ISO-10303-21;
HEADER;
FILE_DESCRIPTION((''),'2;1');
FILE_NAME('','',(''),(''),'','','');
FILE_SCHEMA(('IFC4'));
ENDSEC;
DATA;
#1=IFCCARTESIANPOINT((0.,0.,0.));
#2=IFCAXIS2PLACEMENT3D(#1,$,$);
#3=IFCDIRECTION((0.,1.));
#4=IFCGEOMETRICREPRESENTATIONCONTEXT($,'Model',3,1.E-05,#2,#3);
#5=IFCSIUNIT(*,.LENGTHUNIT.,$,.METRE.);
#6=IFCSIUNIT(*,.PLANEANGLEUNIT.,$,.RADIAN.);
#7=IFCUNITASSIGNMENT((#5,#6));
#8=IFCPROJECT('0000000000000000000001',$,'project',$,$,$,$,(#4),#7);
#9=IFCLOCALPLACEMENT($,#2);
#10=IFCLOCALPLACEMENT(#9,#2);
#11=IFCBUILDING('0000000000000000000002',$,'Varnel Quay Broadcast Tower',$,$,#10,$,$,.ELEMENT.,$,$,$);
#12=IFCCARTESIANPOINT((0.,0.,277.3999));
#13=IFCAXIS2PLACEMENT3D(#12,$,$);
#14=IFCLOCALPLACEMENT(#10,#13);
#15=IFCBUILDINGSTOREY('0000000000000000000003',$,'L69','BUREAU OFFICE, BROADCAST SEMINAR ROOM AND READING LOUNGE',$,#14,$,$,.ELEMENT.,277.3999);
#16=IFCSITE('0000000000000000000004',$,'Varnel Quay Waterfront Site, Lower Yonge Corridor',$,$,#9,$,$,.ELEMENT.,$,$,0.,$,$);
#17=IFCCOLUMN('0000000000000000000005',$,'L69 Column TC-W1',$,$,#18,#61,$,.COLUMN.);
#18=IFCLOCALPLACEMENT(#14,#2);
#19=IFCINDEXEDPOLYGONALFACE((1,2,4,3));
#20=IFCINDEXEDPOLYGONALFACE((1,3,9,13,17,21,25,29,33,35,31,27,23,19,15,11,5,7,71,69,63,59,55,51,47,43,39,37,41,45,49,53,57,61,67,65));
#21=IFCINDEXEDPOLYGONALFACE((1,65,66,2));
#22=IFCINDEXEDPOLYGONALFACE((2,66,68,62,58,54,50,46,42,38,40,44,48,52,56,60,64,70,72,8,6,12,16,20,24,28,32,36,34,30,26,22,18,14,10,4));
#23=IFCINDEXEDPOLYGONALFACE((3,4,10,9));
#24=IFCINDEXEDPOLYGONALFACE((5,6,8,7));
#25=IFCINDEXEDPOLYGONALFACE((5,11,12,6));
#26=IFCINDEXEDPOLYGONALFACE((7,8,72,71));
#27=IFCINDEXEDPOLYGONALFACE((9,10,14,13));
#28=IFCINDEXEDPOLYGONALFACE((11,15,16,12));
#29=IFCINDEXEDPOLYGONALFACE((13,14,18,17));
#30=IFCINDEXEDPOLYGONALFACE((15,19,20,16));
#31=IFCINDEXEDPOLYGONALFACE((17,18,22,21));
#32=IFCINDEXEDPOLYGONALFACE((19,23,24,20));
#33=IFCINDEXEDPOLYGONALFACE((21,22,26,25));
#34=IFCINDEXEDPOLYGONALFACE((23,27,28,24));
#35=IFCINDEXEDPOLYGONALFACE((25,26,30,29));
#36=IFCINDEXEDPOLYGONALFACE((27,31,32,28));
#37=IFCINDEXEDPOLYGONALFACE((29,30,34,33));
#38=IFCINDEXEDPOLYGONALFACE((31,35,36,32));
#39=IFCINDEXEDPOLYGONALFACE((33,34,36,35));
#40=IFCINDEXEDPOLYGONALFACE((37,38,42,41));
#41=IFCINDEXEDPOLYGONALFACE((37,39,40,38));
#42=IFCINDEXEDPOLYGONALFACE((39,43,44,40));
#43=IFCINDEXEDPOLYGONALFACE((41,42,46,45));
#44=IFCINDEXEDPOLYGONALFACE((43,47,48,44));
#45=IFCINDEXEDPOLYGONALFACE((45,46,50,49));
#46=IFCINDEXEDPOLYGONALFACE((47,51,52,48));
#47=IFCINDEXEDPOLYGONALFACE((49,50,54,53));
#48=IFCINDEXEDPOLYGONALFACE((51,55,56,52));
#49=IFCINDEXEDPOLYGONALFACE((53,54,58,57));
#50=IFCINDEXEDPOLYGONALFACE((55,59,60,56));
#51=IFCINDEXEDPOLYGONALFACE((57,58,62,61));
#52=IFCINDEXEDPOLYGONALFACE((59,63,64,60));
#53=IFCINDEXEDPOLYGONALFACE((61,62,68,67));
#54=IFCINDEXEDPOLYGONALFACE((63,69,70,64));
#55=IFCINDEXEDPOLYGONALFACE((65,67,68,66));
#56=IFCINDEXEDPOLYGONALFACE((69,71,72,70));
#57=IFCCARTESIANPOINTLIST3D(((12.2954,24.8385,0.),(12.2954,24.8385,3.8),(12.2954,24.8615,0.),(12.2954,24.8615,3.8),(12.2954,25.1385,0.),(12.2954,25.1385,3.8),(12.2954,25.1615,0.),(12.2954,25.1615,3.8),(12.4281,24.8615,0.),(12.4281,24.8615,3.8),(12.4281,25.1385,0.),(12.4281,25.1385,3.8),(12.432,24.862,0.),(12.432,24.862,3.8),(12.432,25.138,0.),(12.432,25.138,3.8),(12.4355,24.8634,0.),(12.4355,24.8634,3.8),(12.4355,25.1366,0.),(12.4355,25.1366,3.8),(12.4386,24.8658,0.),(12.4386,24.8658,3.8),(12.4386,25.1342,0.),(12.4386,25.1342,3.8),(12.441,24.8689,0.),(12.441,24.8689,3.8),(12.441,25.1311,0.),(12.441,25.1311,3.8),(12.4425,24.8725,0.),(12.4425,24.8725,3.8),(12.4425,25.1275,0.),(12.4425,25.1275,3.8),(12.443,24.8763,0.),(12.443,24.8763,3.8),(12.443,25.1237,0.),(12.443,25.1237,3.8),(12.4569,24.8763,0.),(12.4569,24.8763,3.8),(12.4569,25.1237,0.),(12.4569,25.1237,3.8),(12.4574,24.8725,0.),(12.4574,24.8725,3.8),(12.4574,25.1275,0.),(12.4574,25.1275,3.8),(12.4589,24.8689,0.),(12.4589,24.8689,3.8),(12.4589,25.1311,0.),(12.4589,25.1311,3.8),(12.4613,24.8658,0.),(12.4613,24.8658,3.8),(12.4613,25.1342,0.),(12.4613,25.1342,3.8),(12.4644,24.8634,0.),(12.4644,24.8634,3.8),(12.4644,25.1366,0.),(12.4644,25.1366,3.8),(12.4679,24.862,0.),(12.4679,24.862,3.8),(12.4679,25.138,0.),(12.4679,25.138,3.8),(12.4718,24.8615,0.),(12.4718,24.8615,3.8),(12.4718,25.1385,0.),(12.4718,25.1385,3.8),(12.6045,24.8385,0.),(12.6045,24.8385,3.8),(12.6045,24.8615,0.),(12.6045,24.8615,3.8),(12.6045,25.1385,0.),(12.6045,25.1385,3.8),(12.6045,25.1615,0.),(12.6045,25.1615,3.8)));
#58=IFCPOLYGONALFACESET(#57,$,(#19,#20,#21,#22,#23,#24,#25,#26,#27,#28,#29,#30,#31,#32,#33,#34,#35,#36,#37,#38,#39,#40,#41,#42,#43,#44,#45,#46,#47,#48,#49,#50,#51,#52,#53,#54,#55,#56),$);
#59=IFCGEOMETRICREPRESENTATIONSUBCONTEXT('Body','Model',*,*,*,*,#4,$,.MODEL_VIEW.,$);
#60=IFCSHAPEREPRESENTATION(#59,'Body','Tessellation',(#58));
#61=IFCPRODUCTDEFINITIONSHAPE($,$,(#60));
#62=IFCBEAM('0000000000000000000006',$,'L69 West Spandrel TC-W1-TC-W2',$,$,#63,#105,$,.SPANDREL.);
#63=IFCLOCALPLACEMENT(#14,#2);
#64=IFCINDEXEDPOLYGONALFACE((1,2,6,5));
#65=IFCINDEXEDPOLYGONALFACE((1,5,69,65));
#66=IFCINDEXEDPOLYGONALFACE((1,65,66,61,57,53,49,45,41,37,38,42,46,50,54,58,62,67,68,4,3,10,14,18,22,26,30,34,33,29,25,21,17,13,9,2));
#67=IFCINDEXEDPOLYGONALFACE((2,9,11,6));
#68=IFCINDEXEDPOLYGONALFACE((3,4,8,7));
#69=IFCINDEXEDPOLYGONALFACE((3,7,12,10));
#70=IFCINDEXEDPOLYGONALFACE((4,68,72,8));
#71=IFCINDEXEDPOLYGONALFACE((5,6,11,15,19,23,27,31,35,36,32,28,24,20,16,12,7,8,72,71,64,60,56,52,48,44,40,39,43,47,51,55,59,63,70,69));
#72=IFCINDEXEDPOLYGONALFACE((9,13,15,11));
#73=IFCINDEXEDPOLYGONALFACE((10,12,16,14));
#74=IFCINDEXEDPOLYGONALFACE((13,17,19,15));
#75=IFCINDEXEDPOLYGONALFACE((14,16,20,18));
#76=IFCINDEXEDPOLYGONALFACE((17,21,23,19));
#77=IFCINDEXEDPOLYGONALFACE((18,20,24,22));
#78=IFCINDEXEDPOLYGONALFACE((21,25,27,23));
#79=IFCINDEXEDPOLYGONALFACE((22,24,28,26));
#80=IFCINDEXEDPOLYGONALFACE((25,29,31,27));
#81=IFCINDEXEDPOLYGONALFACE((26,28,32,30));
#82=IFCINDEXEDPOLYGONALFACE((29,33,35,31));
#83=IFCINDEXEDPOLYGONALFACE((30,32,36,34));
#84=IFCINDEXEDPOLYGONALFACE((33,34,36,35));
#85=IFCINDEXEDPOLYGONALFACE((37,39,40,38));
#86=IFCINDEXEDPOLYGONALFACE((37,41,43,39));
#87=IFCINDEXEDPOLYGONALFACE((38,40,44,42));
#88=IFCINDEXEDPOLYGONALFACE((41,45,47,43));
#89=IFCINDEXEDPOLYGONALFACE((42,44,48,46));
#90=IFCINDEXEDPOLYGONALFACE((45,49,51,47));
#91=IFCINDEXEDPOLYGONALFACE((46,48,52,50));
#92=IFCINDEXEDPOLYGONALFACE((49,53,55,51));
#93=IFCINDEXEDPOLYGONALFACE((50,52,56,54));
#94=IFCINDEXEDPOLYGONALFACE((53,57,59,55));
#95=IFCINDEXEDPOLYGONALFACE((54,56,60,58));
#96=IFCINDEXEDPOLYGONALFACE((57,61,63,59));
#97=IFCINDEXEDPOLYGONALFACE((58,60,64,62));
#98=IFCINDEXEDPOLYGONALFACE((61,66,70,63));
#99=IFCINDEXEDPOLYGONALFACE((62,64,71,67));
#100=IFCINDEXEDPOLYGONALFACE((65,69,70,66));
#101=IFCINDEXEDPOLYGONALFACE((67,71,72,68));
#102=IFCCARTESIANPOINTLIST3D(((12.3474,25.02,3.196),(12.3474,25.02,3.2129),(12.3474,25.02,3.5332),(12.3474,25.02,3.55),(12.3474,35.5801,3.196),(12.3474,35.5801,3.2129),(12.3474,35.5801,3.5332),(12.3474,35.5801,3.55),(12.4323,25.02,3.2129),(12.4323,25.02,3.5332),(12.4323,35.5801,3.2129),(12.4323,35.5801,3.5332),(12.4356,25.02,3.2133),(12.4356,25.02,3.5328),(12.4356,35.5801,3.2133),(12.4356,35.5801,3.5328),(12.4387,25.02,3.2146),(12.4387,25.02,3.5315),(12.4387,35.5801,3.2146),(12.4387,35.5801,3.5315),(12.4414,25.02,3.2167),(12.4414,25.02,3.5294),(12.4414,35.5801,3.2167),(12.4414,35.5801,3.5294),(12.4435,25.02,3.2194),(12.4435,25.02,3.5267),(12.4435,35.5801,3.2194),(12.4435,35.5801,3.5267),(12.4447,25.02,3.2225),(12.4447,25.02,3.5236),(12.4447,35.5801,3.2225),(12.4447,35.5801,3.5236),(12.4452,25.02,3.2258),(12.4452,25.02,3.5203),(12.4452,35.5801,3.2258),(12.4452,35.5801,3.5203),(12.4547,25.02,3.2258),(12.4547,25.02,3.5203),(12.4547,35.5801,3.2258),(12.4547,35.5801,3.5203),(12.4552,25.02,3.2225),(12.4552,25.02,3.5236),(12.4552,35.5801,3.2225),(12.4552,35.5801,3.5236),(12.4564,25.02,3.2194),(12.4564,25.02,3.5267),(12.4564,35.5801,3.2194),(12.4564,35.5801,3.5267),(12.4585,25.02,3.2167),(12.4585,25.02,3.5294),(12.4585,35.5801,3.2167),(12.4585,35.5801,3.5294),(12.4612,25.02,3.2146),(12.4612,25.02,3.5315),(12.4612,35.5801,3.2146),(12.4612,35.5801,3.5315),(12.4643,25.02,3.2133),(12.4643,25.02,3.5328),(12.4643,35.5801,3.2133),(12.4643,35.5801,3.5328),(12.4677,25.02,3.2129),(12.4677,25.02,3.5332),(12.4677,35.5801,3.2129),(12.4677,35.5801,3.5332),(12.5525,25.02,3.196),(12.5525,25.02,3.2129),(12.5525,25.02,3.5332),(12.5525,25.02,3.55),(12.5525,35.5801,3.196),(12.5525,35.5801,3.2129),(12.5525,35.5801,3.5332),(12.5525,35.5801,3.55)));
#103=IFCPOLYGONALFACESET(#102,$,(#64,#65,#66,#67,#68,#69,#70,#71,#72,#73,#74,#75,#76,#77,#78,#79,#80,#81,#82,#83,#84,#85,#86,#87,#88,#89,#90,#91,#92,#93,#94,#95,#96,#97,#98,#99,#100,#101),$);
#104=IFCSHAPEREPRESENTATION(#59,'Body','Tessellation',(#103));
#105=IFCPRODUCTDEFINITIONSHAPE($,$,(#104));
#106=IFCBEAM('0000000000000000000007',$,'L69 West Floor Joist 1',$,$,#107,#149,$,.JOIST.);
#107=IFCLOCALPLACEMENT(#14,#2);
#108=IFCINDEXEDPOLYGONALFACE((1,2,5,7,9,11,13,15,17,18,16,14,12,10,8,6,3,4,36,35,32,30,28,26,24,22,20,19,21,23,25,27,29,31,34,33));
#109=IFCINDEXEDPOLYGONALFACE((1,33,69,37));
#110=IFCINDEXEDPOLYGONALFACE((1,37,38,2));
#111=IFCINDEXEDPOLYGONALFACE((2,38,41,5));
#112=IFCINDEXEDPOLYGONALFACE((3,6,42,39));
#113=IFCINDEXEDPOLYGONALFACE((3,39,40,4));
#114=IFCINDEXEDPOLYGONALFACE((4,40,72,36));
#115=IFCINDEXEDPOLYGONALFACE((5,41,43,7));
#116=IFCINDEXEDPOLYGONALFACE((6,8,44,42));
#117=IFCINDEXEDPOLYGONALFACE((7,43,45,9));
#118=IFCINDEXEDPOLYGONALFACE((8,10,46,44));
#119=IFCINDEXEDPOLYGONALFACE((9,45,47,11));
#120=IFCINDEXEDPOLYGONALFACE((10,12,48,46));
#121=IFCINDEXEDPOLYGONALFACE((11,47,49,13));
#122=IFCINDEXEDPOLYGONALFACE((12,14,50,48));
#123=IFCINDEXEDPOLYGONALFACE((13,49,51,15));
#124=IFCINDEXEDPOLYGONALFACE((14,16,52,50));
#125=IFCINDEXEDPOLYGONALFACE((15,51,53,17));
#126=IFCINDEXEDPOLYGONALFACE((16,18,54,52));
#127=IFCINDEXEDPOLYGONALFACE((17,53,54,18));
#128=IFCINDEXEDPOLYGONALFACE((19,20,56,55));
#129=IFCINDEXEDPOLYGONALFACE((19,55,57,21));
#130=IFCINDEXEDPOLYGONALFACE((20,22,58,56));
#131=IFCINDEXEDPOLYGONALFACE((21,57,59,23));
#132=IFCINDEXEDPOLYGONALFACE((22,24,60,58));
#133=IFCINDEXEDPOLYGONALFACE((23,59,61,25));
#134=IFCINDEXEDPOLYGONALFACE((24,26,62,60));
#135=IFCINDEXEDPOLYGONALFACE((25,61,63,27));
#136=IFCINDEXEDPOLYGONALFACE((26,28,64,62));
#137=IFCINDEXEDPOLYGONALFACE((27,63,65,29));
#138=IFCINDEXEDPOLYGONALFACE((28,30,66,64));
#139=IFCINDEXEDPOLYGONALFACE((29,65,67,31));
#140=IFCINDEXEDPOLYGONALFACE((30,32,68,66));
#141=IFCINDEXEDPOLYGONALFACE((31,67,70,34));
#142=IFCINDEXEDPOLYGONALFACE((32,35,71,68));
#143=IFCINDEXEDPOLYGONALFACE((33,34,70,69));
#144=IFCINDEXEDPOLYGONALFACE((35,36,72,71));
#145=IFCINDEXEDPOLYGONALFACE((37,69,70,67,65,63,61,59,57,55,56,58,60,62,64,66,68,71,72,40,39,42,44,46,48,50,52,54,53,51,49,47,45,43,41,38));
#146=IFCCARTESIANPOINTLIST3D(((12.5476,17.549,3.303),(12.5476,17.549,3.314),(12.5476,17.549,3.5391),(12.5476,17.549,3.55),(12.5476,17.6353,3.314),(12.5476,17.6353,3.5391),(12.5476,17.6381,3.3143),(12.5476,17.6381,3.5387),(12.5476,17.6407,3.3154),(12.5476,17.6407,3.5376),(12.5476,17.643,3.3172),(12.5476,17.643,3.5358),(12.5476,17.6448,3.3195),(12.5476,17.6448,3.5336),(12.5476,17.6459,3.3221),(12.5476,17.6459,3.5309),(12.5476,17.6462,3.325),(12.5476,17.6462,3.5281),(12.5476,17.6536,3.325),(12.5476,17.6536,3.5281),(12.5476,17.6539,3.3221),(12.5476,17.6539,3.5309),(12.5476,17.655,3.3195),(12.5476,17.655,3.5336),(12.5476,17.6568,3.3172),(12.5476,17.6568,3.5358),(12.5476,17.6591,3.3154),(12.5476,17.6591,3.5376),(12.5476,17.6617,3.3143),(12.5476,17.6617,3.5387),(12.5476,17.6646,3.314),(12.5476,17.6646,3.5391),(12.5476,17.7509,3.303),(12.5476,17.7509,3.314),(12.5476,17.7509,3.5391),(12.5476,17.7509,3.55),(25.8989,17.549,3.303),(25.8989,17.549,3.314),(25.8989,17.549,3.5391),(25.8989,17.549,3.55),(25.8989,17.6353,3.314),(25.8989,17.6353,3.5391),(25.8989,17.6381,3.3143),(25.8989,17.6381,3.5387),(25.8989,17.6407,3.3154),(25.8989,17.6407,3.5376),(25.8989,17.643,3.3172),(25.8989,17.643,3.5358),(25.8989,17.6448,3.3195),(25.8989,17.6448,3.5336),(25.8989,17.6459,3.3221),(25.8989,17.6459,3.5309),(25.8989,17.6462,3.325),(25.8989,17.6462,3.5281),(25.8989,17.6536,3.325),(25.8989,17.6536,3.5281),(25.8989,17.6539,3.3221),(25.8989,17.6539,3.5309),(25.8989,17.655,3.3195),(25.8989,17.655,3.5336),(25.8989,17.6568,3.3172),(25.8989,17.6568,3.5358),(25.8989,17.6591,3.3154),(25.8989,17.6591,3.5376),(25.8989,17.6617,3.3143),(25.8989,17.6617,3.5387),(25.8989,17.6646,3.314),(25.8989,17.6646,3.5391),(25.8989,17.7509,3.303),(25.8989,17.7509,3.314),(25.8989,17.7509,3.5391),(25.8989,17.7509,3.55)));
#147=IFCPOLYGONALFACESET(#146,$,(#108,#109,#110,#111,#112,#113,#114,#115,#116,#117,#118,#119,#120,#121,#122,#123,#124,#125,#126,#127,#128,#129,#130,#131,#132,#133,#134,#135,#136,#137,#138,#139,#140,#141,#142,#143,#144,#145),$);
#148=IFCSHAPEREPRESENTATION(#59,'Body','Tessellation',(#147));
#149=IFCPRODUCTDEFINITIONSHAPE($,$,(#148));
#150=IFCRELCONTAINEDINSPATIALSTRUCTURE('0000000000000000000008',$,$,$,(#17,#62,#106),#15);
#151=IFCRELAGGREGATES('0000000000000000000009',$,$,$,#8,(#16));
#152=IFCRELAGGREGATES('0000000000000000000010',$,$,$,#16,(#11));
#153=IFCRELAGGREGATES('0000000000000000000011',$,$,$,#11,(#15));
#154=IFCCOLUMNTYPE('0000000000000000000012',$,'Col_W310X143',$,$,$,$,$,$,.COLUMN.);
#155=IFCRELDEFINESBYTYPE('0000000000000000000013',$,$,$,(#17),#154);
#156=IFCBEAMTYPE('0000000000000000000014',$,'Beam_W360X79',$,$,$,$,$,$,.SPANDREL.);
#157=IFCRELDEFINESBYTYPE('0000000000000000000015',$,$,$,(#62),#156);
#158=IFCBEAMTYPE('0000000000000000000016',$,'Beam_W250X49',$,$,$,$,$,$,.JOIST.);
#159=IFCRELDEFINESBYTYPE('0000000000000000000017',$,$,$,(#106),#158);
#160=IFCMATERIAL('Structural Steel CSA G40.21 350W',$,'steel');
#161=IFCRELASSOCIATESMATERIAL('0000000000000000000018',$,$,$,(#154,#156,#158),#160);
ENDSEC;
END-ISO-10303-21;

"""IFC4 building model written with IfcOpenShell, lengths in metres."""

from ifc_helpers import new_model, si_unit, direction, frame, origin, origin_2d, place, context, subcontext, project, spatial, i_section, extrude, source, transform, mapped, material, material_profile, profile_set, type_object, type_shapes, element, save


model = new_model("IFC4")

# Units and contexts
model_context = context("Model", 3, precision=1e-05, world=origin(), true_north=direction((0.0, 1.0)))
body_context = subcontext(model_context, "Body", "Model", "MODEL_VIEW")
ifc_project = project(units=[si_unit("LENGTHUNIT", "METRE"), si_unit("PLANEANGLEUNIT", "RADIAN")], contexts=[model_context])

# Site, building, storey
site_placement = place(None, origin())
site = spatial("IfcSite", under=ifc_project, at=site_placement, Name="Varnel Quay Waterfront Site, Lower Yonge Corridor", CompositionType="ELEMENT", RefElevation=0.0)
building_placement = place(site_placement, origin())
building = spatial("IfcBuilding", under=site, at=building_placement, Name="Varnel Quay Broadcast Tower", CompositionType="ELEMENT")
storey_placement = place(building_placement, frame((0.0, 0.0, 277.3999)))
storey = spatial("IfcBuildingStorey", under=building, at=storey_placement, Name="L69", Description="BUREAU OFFICE, BROADCAST SEMINAR ROOM AND READING LOUNGE", CompositionType="ELEMENT", Elevation=277.3999)

# Column
ifc_material_1 = material(Name="Structural Steel CSA G40.21 350W", Category="steel")
ifc_material_profile_1 = material_profile(ifc_material_1, i_section(OverallWidth=0.3091, OverallDepth=0.323, WebThickness=0.0139, FlangeThickness=0.0229, FilletRadius=0.0149, at=origin_2d()), Name="W310X143")
ifc_profile_set_1 = profile_set([ifc_material_profile_1], Name="Structural Steel CSA G40.21 350W")
column_type = type_object("IfcColumnType", Name="Col_W310X143", PredefinedType="COLUMN", material=ifc_profile_set_1)
shared_shape_1 = source(origin(), body_context, "Body", "SweptSolid", [
    extrude(i_section(OverallWidth=0.3091, OverallDepth=0.323, WebThickness=0.0139, FlangeThickness=0.0229, FilletRadius=0.0149, at=origin_2d()), origin(), (0.0, 0.0, 1.0), 3.8),
])
type_shapes(column_type, [shared_shape_1])
column_placement = place(storey_placement, frame((12.45, 25.0, 0.0), z_axis=(0.0, 0.0, 1.0), x_axis=(1.0, 0.0, 0.0)))
element("IfcColumn", 1, at=column_placement, inside=storey, type_object=column_type, Name="L69 Column TC-W1", PredefinedType="COLUMN", context=body_context, shape_type="MappedRepresentation", body=[
    mapped(shared_shape_1, transform((0.0, 0.0, 0.0), x_axis=(1.0, 0.0, 0.0), y_axis=(0.0, 1.0, 0.0), z_axis=(0.0, 0.0, 1.0), scale=1.0)),
])

# Beams
ifc_material_profile_2 = material_profile(ifc_material_1, i_section(OverallWidth=0.2051, OverallDepth=0.354, WebThickness=0.0095, FlangeThickness=0.0168, FilletRadius=0.0129, at=origin_2d()), Name="W360X79")
ifc_profile_set_2 = profile_set([ifc_material_profile_2], Name="Structural Steel CSA G40.21 350W")
beam_type_1 = type_object("IfcBeamType", Name="Beam_W360X79", PredefinedType="SPANDREL", material=ifc_profile_set_2)
shared_shape_2 = source(origin(), body_context, "Body", "SweptSolid", [
    extrude(i_section(OverallWidth=0.2051, OverallDepth=0.354, WebThickness=0.0095, FlangeThickness=0.0168, FilletRadius=0.0129, at=origin_2d()), origin(), (0.0, 0.0, 1.0), 10.5601),
])
type_shapes(beam_type_1, [shared_shape_2])
beam_1_placement = place(storey_placement, frame((12.45, 25.02, 3.373), z_axis=(0.0, 1.0, 0.0), x_axis=(-1.0, 0.0, 0.0)))
element("IfcBeam", 2, at=beam_1_placement, inside=storey, type_object=beam_type_1, Name="L69 West Spandrel TC-W1-TC-W2", PredefinedType="SPANDREL", context=body_context, shape_type="MappedRepresentation", body=[
    mapped(shared_shape_2, transform((0.0, 0.0, 0.0), x_axis=(1.0, 0.0, 0.0), y_axis=(0.0, 1.0, 0.0), z_axis=(0.0, 0.0, 1.0), scale=1.0)),
])
ifc_material_profile_3 = material_profile(ifc_material_1, i_section(OverallWidth=0.2019, OverallDepth=0.2471, WebThickness=0.0073, FlangeThickness=0.011, FilletRadius=0.011, at=origin_2d()), Name="W250X49")
ifc_profile_set_3 = profile_set([ifc_material_profile_3], Name="Structural Steel CSA G40.21 350W")
beam_type_2 = type_object("IfcBeamType", Name="Beam_W250X49", PredefinedType="JOIST", material=ifc_profile_set_3)
shared_shape_3 = source(origin(), body_context, "Body", "SweptSolid", [
    extrude(i_section(OverallWidth=0.2019, OverallDepth=0.2471, WebThickness=0.0073, FlangeThickness=0.011, FilletRadius=0.011, at=origin_2d()), origin(), (0.0, 0.0, 1.0), 13.3513),
])
type_shapes(beam_type_2, [shared_shape_3])
beam_2_placement = place(storey_placement, frame((12.5476, 17.6499, 3.4265), z_axis=(1.0, 0.0, 0.0), x_axis=(0.0, 1.0, 0.0)))
element("IfcBeam", 3, at=beam_2_placement, inside=storey, type_object=beam_type_2, Name="L69 West Floor Joist 1", PredefinedType="JOIST", context=body_context, shape_type="MappedRepresentation", body=[
    mapped(shared_shape_3, transform((0.0, 0.0, 0.0), x_axis=(1.0, 0.0, 0.0), y_axis=(0.0, 1.0, 0.0), z_axis=(0.0, 0.0, 1.0), scale=1.0)),
])

save(model, "model.ifc")
